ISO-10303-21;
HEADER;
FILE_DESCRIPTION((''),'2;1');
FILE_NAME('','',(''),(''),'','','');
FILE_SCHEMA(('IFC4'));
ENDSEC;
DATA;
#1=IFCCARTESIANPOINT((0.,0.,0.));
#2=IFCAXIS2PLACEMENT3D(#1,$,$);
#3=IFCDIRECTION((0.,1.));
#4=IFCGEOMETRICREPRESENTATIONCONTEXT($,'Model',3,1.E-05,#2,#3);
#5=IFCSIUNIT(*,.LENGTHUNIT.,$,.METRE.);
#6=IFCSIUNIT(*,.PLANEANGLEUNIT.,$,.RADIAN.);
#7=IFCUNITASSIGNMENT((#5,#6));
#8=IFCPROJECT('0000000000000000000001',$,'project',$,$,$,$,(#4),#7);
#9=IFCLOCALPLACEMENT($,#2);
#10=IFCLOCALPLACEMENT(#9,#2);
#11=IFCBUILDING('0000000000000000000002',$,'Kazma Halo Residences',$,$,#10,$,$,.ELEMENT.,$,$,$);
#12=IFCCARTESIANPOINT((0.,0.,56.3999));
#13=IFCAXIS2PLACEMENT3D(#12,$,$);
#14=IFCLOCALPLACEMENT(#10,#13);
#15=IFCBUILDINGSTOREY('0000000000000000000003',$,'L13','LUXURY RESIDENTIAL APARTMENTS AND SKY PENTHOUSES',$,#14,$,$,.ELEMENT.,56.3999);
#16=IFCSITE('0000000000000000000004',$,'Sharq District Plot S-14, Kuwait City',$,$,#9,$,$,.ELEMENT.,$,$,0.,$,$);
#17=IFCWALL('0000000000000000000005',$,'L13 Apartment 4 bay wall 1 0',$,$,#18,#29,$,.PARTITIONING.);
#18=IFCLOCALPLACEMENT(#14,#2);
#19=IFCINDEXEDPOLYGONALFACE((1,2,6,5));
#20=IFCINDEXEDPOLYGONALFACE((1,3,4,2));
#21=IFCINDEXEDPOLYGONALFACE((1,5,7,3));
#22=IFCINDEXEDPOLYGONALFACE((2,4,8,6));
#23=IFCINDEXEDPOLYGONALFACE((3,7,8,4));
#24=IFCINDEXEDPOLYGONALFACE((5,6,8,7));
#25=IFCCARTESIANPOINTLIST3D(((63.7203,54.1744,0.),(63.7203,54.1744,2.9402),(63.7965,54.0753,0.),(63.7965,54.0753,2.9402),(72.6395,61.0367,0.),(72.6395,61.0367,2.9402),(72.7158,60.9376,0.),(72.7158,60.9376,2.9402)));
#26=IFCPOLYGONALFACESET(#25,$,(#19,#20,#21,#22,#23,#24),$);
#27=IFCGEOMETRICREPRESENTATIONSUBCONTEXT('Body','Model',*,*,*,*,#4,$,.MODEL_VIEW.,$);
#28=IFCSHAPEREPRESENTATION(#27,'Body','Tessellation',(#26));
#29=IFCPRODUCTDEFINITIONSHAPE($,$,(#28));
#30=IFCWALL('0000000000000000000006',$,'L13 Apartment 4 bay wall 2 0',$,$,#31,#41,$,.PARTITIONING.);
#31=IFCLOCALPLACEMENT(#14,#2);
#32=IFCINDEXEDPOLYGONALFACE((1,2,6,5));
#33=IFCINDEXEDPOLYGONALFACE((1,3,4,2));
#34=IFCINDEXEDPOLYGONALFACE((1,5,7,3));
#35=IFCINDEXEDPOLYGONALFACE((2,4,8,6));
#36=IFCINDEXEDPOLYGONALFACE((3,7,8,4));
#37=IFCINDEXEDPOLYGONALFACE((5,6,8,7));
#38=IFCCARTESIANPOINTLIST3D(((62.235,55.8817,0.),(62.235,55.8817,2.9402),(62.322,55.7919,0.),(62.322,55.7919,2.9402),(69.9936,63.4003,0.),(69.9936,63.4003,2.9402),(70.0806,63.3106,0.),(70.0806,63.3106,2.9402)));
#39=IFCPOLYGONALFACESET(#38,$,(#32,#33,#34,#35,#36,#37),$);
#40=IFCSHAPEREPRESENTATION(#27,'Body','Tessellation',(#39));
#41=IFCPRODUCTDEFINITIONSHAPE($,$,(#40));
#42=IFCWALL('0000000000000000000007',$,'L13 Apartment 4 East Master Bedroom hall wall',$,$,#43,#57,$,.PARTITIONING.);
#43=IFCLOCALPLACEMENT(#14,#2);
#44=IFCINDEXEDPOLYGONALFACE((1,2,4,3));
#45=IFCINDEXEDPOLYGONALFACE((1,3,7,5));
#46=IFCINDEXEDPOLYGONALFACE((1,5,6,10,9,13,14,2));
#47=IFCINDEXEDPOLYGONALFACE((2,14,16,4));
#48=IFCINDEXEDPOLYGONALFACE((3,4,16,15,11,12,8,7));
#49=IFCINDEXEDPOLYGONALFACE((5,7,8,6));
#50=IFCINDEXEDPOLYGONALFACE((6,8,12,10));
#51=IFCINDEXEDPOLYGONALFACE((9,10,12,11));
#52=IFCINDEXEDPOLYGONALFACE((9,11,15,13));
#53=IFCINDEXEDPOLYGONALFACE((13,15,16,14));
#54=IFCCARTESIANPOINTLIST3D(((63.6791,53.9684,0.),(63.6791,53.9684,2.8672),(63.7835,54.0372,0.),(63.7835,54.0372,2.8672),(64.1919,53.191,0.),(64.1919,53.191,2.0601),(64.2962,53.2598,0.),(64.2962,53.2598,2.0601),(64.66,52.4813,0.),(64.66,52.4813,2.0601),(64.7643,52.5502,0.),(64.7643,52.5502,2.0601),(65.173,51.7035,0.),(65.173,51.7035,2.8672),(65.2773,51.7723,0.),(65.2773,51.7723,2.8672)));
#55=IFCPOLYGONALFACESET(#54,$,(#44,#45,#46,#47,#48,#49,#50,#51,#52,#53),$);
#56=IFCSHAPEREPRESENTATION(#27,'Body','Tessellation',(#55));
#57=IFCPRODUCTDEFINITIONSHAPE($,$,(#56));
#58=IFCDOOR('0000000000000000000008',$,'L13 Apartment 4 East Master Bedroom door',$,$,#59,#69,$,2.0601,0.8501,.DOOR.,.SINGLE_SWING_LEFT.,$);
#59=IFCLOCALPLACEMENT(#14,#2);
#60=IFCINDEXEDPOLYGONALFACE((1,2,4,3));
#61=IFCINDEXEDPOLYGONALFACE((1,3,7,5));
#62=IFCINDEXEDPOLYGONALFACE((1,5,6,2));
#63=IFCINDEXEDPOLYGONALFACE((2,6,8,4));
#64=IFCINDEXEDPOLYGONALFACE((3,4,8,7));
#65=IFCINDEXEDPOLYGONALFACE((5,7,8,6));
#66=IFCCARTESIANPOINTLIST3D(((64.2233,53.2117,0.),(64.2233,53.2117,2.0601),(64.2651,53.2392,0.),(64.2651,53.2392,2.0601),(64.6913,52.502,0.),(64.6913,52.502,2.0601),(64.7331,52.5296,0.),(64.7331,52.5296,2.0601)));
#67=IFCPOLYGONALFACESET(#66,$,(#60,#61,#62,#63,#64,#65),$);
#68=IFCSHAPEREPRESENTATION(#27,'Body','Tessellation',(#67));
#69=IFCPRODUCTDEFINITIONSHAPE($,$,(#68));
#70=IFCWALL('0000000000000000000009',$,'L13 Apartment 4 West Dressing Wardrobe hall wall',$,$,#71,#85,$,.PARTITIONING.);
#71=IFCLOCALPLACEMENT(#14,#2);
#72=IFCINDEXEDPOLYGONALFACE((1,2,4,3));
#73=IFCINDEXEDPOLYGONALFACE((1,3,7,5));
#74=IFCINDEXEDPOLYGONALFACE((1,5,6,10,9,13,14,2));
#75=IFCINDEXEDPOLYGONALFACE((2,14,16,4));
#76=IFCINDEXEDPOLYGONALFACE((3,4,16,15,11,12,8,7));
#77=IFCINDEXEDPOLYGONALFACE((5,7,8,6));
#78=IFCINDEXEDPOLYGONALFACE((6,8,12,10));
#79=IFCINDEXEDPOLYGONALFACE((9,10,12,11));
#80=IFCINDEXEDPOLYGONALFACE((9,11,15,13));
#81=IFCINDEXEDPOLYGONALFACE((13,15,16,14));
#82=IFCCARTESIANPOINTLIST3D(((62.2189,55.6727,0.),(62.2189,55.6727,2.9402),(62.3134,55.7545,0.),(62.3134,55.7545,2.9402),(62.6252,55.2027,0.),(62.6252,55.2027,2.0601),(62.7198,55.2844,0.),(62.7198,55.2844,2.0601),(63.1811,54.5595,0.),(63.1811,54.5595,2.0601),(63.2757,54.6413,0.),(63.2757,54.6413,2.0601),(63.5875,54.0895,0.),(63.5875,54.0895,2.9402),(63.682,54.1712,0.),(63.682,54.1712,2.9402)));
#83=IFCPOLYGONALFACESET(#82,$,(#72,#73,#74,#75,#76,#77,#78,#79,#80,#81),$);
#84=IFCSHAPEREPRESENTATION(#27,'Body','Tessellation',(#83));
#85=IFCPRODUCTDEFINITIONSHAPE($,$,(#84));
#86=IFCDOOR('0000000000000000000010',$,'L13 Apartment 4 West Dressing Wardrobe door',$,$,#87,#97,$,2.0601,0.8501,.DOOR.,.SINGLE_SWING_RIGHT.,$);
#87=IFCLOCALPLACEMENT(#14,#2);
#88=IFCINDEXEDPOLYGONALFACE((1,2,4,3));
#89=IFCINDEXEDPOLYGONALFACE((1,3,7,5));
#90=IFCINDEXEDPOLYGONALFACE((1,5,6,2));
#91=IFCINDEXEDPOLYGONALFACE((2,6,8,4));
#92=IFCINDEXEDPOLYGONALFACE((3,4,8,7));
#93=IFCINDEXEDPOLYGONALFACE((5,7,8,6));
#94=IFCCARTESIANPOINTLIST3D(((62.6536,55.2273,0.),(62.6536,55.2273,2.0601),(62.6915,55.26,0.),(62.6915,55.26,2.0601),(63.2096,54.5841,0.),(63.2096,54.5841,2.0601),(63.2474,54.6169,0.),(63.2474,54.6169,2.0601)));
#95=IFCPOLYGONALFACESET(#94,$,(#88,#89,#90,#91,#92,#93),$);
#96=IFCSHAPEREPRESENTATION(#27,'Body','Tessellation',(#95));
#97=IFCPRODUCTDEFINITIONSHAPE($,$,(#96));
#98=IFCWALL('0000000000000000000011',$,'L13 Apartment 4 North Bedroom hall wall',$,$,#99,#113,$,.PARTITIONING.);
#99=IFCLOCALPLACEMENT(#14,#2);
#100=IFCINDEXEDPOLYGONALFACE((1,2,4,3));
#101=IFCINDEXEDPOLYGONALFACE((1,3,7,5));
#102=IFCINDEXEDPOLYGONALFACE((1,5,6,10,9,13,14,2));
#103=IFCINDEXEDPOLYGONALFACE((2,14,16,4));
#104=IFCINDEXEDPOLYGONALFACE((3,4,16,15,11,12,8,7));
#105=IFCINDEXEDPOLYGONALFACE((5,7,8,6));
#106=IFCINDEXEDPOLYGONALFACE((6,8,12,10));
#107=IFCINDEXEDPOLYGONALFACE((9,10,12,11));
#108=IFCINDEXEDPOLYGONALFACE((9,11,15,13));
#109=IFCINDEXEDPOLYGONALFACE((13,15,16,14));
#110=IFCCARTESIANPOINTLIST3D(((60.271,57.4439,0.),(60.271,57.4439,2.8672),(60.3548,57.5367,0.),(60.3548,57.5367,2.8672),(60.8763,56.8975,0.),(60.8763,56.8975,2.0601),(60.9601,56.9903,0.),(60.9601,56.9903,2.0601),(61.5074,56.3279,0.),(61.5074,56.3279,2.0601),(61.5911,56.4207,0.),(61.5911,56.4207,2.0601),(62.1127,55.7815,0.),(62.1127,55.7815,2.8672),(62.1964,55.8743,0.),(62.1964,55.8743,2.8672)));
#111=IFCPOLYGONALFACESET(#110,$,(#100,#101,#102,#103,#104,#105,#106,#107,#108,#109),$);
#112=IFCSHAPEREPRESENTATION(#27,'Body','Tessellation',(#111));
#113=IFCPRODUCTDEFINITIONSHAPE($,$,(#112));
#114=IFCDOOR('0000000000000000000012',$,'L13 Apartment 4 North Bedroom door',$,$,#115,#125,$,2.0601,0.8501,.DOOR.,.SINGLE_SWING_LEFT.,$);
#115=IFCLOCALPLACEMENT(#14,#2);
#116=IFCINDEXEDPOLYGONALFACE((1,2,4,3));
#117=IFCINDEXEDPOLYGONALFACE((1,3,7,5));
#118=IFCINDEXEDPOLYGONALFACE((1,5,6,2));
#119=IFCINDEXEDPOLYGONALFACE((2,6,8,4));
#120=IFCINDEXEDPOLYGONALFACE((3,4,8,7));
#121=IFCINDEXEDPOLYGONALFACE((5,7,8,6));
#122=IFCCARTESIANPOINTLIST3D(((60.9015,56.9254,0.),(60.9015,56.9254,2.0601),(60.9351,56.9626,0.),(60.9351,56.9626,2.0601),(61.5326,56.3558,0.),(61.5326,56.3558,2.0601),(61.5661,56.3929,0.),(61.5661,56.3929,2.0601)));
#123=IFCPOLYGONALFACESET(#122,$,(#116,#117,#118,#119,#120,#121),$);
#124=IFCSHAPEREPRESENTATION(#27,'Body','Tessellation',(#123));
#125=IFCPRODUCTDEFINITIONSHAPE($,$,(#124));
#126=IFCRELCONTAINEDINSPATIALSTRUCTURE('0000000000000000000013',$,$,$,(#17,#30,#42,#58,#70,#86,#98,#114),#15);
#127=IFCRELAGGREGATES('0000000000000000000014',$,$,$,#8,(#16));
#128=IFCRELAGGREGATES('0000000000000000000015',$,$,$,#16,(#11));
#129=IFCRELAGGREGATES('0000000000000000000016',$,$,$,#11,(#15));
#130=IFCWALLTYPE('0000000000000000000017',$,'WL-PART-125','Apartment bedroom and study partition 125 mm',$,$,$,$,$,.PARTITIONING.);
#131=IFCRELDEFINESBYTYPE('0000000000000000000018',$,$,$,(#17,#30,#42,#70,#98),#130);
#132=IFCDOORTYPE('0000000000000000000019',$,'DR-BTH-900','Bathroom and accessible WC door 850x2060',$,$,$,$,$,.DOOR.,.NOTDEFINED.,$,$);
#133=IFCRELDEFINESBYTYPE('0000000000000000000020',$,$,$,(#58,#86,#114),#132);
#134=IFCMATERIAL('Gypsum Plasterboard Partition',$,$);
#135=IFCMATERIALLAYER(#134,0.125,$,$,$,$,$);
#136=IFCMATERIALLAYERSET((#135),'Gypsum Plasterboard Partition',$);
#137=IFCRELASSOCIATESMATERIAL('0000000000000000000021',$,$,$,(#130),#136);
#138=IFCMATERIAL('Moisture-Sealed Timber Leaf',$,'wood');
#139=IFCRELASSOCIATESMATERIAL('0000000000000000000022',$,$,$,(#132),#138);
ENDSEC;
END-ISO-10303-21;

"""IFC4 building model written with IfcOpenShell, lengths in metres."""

from ifc_helpers import new_model, si_unit, direction, frame, frame_2d, origin, place, context, subcontext, project, spatial, rectangle, extrude, material, layer, layer_set, type_object, element, fill, save


model = new_model("IFC4")

# Units and contexts
model_context = context("Model", 3, precision=1e-05, world=origin(), true_north=direction((0.0, 1.0)))
body_context = subcontext(model_context, "Body", "Model", "MODEL_VIEW")
ifc_project = project(units=[si_unit("LENGTHUNIT", "METRE"), si_unit("PLANEANGLEUNIT", "RADIAN")], contexts=[model_context])

# Site, building, storey
site_placement = place(None, origin())
site = spatial("IfcSite", under=ifc_project, at=site_placement, Name="Sharq District Plot S-14, Kuwait City", CompositionType="ELEMENT", RefElevation=0.0)
building_placement = place(site_placement, origin())
building = spatial("IfcBuilding", under=site, at=building_placement, Name="Kazma Halo Residences", CompositionType="ELEMENT")
storey_placement = place(building_placement, frame((0.0, 0.0, 56.3999)))
storey = spatial("IfcBuildingStorey", under=building, at=storey_placement, Name="L13", Description="LUXURY RESIDENTIAL APARTMENTS AND SKY PENTHOUSES", CompositionType="ELEMENT", Elevation=56.3999)

# Walls
ifc_material_1 = material(Name="Gypsum Plasterboard Partition")
ifc_layer_1 = layer(ifc_material_1, 0.125)
ifc_layer_set_1 = layer_set([ifc_layer_1], Name="Gypsum Plasterboard Partition")
wall_type_1 = type_object("IfcWallType", Name="WL-PART-125", Description="Apartment bedroom and study partition 125 mm", PredefinedType="PARTITIONING", material=ifc_layer_set_1)
wall_1_placement = place(storey_placement, frame((63.7583, 54.1248, 0.0), z_axis=(0.0, 0.0, 1.0), x_axis=(0.792564, 0.609788, 0.0)))
element("IfcWall", 1, at=wall_1_placement, inside=storey, type_object=wall_type_1, Name="L13 Apartment 4 bay wall 1 0", PredefinedType="PARTITIONING", context=body_context, shape_type="SweptSolid", body=[
    extrude(rectangle(XDim=11.2537, YDim=0.125, at=frame_2d((5.627, 0.0))), origin(), (0.0, 0.0, 1.0), 2.9402),
])
wall_2_placement = place(storey_placement, frame((62.2786, 55.8369, 0.0), z_axis=(0.0, 0.0, 1.0), x_axis=(0.718126, 0.695913, 0.0)))
element("IfcWall", 2, at=wall_2_placement, inside=storey, type_object=wall_type_1, Name="L13 Apartment 4 bay wall 2 0", PredefinedType="PARTITIONING", context=body_context, shape_type="SweptSolid", body=[
    extrude(rectangle(XDim=10.804, YDim=0.125, at=frame_2d((5.4019, 0.0))), origin(), (0.0, 0.0, 1.0), 2.9402),
])

# Walls, openings, doors
wall_3_placement = place(storey_placement, frame((65.2251, 51.738, 0.0), z_axis=(0.0, 0.0, 1.0), x_axis=(-0.550603, 0.834767, 0.0)))
wall_3 = element("IfcWall", 3, at=wall_3_placement, inside=storey, type_object=wall_type_1, Name="L13 Apartment 4 East Master Bedroom hall wall", PredefinedType="PARTITIONING", context=body_context, shape_type="SweptSolid", body=[
    extrude(rectangle(XDim=2.7131, YDim=0.125, at=frame_2d((1.3564, 0.0))), origin(), (0.0, 0.0, 1.0), 2.8672),
])
opening_1_placement = place(wall_3_placement, frame((0.9316, 0.0, 0.0)))
opening_1 = element("IfcOpeningElement", 4, at=opening_1_placement, cuts=wall_3, PredefinedType="OPENING", context=body_context, shape_type="SweptSolid", body=[
    extrude(rectangle(XDim=0.8501, YDim=2.0601, at=frame_2d((0.425, 1.03))), frame((0.0, 0.0725, 0.0), z_axis=(0.0, -1.0, 0.0), x_axis=(1.0, 0.0, 0.0)), (0.0, 0.0, 1.0), 0.145),
])
ifc_material_2 = material(Name="Moisture-Sealed Timber Leaf", Category="wood")
door_type_1 = type_object("IfcDoorType", Name="DR-BTH-900", Description="Bathroom and accessible WC door 850x2060", OperationType="NOTDEFINED", PredefinedType="DOOR", material=ifc_material_2)
door_1_placement = place(opening_1_placement, origin())
door_1 = element("IfcDoor", 5, at=door_1_placement, inside=storey, type_object=door_type_1, Name="L13 Apartment 4 East Master Bedroom door", OperationType="SINGLE_SWING_LEFT", OverallHeight=2.0601, OverallWidth=0.8501, PredefinedType="DOOR", context=body_context, shape_type="SweptSolid", body=[
    extrude(rectangle(XDim=0.8501, YDim=2.0601, at=frame_2d((0.425, 1.03))), frame((0.0, 0.0249, 0.0), z_axis=(0.0, -1.0, 0.0), x_axis=(1.0, 0.0, 0.0)), (0.0, 0.0, 1.0), 0.05),
])
fill(opening_1, door_1)
wall_4_placement = place(storey_placement, frame((63.6348, 54.1304, 0.0), z_axis=(0.0, 0.0, 1.0), x_axis=(-0.653975, 0.756516, 0.0)))
wall_4 = element("IfcWall", 6, at=wall_4_placement, inside=storey, type_object=wall_type_1, Name="L13 Apartment 4 West Dressing Wardrobe hall wall", PredefinedType="PARTITIONING", context=body_context, shape_type="SweptSolid", body=[
    extrude(rectangle(XDim=2.0928, YDim=0.125, at=frame_2d((1.0464, 0.0))), origin(), (0.0, 0.0, 1.0), 2.9402),
])
opening_2_placement = place(wall_4_placement, frame((0.6213, 0.0, 0.0)))
opening_2 = element("IfcOpeningElement", 7, at=opening_2_placement, cuts=wall_4, PredefinedType="OPENING", context=body_context, shape_type="SweptSolid", body=[
    extrude(rectangle(XDim=0.8501, YDim=2.0601, at=frame_2d((0.425, 1.03))), frame((0.0, 0.0725, 0.0), z_axis=(0.0, -1.0, 0.0), x_axis=(1.0, 0.0, 0.0)), (0.0, 0.0, 1.0), 0.145),
])
door_2_placement = place(opening_2_placement, origin())
door_2 = element("IfcDoor", 8, at=door_2_placement, inside=storey, type_object=door_type_1, Name="L13 Apartment 4 West Dressing Wardrobe door", OperationType="SINGLE_SWING_RIGHT", OverallHeight=2.0601, OverallWidth=0.8501, PredefinedType="DOOR", context=body_context, shape_type="SweptSolid", body=[
    extrude(rectangle(XDim=0.8501, YDim=2.0601, at=frame_2d((0.425, 1.03))), frame((0.0, 0.0249, 0.0), z_axis=(0.0, -1.0, 0.0), x_axis=(1.0, 0.0, 0.0)), (0.0, 0.0, 1.0), 0.05),
])
fill(opening_2, door_2)
wall_5_placement = place(storey_placement, frame((62.1545, 55.8279, 0.0), z_axis=(0.0, 0.0, 1.0), x_axis=(-0.7423, 0.670068, 0.0)))
wall_5 = element("IfcWall", 9, at=wall_5_placement, inside=storey, type_object=wall_type_1, Name="L13 Apartment 4 North Bedroom hall wall", PredefinedType="PARTITIONING", context=body_context, shape_type="SweptSolid", body=[
    extrude(rectangle(XDim=2.481, YDim=0.125, at=frame_2d((1.2405, 0.0))), origin(), (0.0, 0.0, 1.0), 2.8672),
])
opening_3_placement = place(wall_5_placement, frame((0.8154, 0.0, 0.0)))
opening_3 = element("IfcOpeningElement", 10, at=opening_3_placement, cuts=wall_5, PredefinedType="OPENING", context=body_context, shape_type="SweptSolid", body=[
    extrude(rectangle(XDim=0.8501, YDim=2.0601, at=frame_2d((0.425, 1.03))), frame((0.0, 0.0725, 0.0), z_axis=(0.0, -1.0, 0.0), x_axis=(1.0, 0.0, 0.0)), (0.0, 0.0, 1.0), 0.145),
])
door_3_placement = place(opening_3_placement, origin())
door_3 = element("IfcDoor", 11, at=door_3_placement, inside=storey, type_object=door_type_1, Name="L13 Apartment 4 North Bedroom door", OperationType="SINGLE_SWING_LEFT", OverallHeight=2.0601, OverallWidth=0.8501, PredefinedType="DOOR", context=body_context, shape_type="SweptSolid", body=[
    extrude(rectangle(XDim=0.8501, YDim=2.0601, at=frame_2d((0.425, 1.03))), frame((0.0, 0.0249, 0.0), z_axis=(0.0, -1.0, 0.0), x_axis=(1.0, 0.0, 0.0)), (0.0, 0.0, 1.0), 0.05),
])
fill(opening_3, door_3)

save(model, "model.ifc")
